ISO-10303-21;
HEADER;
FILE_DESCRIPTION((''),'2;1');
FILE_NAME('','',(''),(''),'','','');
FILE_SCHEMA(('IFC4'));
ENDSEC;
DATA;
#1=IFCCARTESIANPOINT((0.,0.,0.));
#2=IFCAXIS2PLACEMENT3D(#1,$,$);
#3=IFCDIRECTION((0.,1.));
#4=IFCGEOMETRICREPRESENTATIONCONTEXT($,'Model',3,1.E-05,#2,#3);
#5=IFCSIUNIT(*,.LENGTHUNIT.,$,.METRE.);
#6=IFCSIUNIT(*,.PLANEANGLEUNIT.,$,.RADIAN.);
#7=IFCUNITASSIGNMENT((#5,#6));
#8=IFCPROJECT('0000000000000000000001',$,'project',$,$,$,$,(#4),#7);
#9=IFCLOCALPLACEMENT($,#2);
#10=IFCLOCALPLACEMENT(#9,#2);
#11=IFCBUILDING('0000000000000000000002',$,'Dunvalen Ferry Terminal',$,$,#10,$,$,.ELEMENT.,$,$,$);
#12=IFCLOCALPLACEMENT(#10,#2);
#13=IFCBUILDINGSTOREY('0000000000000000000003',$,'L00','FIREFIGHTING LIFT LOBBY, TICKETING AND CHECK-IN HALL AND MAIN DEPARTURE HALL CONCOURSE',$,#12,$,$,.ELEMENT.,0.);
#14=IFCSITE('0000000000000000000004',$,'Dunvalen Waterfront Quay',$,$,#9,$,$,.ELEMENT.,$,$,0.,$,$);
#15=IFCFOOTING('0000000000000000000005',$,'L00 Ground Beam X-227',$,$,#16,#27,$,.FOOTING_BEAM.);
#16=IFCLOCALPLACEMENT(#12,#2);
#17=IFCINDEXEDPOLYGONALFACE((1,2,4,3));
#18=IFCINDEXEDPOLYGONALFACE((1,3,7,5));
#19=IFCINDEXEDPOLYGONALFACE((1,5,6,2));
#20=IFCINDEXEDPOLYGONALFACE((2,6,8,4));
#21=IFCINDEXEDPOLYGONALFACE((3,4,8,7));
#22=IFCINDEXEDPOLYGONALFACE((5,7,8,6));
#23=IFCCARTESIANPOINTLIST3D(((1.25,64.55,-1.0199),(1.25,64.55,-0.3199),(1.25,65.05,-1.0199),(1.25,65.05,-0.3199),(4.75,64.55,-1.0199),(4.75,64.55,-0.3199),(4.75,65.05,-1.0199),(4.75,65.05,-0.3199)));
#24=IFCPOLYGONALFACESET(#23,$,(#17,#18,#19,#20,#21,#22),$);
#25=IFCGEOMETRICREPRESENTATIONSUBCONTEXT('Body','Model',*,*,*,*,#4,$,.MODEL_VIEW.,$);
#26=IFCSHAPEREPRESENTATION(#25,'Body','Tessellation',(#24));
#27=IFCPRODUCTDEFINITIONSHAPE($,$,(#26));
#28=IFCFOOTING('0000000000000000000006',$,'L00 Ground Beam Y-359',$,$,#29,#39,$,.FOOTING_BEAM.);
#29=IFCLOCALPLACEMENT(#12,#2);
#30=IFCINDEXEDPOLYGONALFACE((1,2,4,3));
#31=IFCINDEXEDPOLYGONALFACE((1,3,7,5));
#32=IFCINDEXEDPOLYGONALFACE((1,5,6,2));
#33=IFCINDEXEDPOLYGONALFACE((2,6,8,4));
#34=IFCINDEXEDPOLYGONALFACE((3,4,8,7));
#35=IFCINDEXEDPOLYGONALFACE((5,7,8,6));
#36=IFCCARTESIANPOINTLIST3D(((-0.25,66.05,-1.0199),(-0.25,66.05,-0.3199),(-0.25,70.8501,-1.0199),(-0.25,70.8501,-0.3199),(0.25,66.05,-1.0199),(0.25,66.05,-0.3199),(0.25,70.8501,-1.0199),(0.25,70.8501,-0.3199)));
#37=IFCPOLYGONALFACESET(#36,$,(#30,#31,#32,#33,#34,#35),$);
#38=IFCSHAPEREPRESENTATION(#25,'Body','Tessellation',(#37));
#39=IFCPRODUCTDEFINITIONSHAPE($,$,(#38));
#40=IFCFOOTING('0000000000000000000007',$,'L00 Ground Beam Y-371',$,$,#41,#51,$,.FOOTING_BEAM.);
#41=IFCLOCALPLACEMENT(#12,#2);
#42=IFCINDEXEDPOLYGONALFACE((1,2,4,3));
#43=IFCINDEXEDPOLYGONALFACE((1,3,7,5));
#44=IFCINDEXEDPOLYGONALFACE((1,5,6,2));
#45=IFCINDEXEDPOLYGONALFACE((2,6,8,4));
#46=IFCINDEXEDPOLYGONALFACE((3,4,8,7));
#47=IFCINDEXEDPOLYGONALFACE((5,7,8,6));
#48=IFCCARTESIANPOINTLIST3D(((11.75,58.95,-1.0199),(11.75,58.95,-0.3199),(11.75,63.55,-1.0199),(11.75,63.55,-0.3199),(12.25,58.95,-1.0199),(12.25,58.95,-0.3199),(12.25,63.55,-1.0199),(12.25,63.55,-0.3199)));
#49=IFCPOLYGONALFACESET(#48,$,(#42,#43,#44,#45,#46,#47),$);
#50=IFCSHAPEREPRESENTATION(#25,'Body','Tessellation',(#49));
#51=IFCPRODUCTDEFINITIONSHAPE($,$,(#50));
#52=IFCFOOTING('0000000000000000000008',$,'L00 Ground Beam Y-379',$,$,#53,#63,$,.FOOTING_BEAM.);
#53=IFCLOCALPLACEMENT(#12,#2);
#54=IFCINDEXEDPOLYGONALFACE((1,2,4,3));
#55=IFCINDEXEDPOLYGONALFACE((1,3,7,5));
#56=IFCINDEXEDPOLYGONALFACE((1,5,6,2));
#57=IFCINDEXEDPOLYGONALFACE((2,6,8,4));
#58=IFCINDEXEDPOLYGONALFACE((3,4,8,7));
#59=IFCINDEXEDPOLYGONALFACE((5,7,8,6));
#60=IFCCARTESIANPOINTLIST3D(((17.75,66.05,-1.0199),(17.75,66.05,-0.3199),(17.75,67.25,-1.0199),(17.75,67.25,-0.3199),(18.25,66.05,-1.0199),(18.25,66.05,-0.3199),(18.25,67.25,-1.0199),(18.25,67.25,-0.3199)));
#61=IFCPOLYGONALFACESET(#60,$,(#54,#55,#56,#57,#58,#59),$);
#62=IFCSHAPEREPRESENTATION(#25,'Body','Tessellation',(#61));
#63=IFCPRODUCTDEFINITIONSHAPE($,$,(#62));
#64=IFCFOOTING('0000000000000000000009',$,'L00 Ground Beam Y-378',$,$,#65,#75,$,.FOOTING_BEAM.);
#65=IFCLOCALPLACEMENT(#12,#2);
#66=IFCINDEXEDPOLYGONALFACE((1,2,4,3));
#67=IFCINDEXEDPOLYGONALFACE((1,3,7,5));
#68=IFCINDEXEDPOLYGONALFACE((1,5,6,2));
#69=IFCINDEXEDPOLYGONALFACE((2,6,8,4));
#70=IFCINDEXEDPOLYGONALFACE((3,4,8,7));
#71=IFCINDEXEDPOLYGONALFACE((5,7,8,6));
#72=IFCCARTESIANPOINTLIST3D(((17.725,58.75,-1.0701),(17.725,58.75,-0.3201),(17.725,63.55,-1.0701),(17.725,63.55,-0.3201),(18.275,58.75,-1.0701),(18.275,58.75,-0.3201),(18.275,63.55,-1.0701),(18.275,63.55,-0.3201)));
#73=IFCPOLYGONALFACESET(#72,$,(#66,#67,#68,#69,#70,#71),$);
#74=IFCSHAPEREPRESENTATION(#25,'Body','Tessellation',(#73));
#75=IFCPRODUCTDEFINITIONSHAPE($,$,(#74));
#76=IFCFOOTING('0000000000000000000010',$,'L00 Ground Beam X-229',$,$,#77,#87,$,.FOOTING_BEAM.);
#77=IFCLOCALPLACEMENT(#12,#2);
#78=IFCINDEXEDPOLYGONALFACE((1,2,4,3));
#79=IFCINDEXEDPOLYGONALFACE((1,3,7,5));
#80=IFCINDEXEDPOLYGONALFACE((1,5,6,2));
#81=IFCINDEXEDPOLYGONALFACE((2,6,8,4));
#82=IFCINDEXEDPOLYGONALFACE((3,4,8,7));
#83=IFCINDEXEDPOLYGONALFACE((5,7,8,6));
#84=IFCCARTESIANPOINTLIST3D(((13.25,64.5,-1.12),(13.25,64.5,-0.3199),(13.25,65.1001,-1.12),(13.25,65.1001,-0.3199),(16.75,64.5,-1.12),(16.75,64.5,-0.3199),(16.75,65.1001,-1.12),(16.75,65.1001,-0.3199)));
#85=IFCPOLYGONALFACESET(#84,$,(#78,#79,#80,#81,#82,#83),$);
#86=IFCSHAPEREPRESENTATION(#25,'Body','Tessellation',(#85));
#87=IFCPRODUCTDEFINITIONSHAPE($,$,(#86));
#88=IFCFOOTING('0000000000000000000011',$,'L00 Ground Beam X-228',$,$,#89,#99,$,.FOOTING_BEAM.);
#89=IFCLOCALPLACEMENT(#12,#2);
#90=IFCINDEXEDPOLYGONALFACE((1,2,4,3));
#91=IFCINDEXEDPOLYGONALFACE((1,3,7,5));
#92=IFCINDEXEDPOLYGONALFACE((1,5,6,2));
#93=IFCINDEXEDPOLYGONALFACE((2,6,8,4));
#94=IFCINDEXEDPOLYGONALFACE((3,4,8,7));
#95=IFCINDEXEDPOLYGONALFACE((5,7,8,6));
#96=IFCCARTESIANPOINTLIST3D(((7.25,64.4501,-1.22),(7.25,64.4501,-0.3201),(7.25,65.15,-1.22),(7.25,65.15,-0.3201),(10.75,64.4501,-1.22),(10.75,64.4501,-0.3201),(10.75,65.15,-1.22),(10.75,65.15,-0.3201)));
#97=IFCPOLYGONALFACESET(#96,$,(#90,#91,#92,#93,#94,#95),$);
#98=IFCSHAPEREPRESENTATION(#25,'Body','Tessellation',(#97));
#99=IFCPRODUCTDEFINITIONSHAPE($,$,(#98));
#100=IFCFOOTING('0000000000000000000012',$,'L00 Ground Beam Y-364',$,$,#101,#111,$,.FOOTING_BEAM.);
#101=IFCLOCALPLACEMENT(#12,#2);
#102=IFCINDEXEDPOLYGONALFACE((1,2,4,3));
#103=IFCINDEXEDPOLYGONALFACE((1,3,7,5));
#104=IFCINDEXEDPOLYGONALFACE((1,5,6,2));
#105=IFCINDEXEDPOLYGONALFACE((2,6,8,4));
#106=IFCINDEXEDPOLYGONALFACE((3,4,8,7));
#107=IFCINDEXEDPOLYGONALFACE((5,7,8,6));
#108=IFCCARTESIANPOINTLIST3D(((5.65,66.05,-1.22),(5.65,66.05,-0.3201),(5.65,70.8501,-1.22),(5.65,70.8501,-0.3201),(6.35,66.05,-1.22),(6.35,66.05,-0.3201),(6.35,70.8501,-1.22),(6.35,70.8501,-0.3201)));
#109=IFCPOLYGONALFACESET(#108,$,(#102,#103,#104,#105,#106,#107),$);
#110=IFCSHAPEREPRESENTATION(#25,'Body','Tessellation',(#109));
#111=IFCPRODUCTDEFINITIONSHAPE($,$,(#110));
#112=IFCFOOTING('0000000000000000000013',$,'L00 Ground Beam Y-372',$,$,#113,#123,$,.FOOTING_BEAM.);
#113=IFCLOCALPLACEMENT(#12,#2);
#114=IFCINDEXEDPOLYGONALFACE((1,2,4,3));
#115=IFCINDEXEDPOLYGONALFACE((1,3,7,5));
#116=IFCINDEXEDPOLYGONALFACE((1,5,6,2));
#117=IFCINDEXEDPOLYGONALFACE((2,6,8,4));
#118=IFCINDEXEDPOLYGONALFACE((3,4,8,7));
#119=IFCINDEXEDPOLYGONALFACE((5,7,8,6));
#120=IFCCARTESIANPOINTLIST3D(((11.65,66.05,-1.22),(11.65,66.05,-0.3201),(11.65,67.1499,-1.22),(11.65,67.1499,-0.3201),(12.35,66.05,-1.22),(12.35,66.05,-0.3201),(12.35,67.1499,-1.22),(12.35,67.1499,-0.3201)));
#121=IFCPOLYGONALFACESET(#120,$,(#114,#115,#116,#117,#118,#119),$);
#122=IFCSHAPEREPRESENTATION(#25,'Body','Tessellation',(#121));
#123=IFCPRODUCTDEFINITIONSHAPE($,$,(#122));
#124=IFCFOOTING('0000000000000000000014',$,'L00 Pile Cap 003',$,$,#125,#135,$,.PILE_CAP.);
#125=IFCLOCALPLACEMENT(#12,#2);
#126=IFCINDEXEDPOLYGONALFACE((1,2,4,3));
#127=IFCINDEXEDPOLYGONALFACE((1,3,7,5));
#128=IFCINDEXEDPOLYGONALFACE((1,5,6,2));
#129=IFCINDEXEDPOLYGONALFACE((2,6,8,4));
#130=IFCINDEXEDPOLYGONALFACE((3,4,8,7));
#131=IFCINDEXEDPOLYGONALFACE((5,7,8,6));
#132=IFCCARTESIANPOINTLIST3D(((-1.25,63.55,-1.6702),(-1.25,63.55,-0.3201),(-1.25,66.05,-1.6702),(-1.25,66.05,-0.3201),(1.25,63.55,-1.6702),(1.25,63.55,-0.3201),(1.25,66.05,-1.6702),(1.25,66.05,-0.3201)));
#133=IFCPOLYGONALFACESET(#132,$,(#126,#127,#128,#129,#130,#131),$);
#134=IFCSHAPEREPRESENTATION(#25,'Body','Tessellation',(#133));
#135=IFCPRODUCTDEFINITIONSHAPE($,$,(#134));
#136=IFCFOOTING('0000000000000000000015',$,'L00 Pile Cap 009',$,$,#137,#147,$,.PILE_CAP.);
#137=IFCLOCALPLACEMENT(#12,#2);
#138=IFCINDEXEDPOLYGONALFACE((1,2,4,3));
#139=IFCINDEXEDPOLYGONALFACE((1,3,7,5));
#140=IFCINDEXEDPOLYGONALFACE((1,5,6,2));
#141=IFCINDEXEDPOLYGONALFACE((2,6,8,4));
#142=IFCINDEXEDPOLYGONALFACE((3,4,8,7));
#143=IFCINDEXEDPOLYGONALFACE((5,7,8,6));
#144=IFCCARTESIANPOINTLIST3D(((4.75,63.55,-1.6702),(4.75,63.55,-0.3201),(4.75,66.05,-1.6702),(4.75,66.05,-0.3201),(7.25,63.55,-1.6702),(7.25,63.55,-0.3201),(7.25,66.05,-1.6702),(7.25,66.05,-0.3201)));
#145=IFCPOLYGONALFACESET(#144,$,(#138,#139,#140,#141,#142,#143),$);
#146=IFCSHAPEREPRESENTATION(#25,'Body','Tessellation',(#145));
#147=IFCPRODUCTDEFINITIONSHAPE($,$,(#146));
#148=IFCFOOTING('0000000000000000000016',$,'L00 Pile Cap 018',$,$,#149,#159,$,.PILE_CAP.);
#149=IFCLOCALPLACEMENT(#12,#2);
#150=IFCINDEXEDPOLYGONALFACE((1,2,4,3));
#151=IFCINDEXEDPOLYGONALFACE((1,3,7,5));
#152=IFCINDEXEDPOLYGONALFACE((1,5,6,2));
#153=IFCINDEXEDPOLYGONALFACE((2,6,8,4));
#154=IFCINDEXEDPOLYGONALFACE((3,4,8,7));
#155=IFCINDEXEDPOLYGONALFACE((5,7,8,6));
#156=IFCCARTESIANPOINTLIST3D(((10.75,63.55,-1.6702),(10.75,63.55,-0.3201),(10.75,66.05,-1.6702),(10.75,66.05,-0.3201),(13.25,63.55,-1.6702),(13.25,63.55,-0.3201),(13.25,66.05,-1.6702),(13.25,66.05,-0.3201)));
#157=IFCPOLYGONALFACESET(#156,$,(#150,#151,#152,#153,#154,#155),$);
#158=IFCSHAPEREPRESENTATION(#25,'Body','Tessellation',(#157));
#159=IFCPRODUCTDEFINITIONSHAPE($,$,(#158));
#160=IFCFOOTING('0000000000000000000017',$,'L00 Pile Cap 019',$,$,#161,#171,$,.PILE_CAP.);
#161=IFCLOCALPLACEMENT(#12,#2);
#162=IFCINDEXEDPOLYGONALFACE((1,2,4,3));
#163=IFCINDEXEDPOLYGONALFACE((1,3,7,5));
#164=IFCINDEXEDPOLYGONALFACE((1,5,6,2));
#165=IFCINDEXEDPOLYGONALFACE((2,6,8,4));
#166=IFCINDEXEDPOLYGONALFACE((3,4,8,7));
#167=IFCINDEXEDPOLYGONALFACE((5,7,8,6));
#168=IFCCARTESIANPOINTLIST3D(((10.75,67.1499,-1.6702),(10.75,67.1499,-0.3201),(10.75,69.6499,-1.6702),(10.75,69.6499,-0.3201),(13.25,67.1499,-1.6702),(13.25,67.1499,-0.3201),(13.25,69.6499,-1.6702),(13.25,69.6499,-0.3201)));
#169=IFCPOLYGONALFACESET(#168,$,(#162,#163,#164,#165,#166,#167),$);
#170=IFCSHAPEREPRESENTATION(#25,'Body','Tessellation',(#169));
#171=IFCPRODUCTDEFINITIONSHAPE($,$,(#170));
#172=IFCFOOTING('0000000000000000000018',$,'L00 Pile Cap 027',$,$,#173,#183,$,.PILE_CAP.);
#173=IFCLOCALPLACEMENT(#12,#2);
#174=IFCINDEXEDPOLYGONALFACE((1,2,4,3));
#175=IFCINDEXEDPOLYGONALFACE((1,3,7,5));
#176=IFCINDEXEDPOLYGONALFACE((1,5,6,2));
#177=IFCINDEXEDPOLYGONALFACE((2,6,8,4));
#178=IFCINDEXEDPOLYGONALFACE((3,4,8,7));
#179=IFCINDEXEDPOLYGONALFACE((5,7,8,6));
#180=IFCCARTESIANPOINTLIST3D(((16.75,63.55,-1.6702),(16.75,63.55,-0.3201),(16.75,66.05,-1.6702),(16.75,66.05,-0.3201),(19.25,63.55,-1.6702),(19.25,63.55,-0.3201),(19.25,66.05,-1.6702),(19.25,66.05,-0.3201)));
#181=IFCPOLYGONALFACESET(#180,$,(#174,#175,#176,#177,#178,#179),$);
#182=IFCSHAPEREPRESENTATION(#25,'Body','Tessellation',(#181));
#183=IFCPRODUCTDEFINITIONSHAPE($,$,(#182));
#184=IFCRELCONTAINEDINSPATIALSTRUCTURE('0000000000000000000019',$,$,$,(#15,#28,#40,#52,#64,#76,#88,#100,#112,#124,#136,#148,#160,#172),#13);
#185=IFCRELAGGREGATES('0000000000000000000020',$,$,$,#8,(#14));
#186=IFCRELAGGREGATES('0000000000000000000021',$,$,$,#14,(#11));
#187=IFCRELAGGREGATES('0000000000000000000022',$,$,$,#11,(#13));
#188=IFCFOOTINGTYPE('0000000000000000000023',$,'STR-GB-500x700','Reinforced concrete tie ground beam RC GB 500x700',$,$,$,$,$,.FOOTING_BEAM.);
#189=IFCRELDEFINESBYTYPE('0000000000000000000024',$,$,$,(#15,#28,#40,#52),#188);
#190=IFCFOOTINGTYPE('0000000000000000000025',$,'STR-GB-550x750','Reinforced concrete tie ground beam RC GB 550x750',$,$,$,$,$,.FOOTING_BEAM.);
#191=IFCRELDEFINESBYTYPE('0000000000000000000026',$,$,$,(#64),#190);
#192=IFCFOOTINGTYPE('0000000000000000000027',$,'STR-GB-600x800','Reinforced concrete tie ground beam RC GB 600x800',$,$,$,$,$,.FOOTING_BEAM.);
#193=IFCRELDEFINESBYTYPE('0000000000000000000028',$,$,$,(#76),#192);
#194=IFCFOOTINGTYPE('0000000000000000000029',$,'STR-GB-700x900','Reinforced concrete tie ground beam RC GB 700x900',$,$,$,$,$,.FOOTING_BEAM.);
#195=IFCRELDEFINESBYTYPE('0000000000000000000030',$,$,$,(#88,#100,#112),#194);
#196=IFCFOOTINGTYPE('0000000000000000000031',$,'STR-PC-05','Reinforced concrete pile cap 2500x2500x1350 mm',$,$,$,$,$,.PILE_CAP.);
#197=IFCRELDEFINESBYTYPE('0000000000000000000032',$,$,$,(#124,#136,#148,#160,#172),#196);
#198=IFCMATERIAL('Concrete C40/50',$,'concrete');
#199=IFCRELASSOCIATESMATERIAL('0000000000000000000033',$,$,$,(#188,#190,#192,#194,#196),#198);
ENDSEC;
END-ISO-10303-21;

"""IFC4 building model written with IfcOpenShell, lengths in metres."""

from ifc_helpers import new_model, si_unit, direction, frame, origin, origin_2d, place, context, subcontext, project, spatial, rectangle, extrude, material, material_profile, profile_set, type_object, element, save


model = new_model("IFC4")

# Units and contexts
model_context = context("Model", 3, precision=1e-05, world=origin(), true_north=direction((0.0, 1.0)))
body_context = subcontext(model_context, "Body", "Model", "MODEL_VIEW")
ifc_project = project(units=[si_unit("LENGTHUNIT", "METRE"), si_unit("PLANEANGLEUNIT", "RADIAN")], contexts=[model_context])

# Site, building, storey
site_placement = place(None, origin())
site = spatial("IfcSite", under=ifc_project, at=site_placement, Name="Dunvalen Waterfront Quay", CompositionType="ELEMENT", RefElevation=0.0)
building_placement = place(site_placement, origin())
building = spatial("IfcBuilding", under=site, at=building_placement, Name="Dunvalen Ferry Terminal", CompositionType="ELEMENT")
storey_placement = place(building_placement, origin())
storey = spatial("IfcBuildingStorey", under=building, at=storey_placement, Name="L00", Description="FIREFIGHTING LIFT LOBBY, TICKETING AND CHECK-IN HALL AND MAIN DEPARTURE HALL CONCOURSE", CompositionType="ELEMENT", Elevation=0.0)

# Footings
ifc_material_1 = material(Name="Concrete C40/50", Category="concrete")
ifc_material_profile_1 = material_profile(ifc_material_1, rectangle(XDim=0.5, YDim=0.7, at=origin_2d()), Name="Concrete C40/50")
ifc_profile_set_1 = profile_set([ifc_material_profile_1], Name="Concrete C40/50")
footing_type_1 = type_object("IfcFootingType", Name="STR-GB-500x700", Description="Reinforced concrete tie ground beam RC GB 500x700", PredefinedType="FOOTING_BEAM", material=ifc_profile_set_1)
footing_1_placement = place(storey_placement, frame((1.25, 64.8, -0.6699), z_axis=(1.0, 0.0, 0.0), x_axis=(0.0, 1.0, 0.0)))
element("IfcFooting", 1, at=footing_1_placement, inside=storey, type_object=footing_type_1, Name="L00 Ground Beam X-227", PredefinedType="FOOTING_BEAM", context=body_context, shape_type="SweptSolid", body=[
    extrude(rectangle(XDim=0.5, YDim=0.7, at=origin_2d()), origin(), (0.0, 0.0, 1.0), 3.5),
])
footing_2_placement = place(storey_placement, frame((0.0, 66.05, -0.6699), z_axis=(0.0, 1.0, 0.0), x_axis=(-1.0, 0.0, 0.0)))
element("IfcFooting", 2, at=footing_2_placement, inside=storey, type_object=footing_type_1, Name="L00 Ground Beam Y-359", PredefinedType="FOOTING_BEAM", context=body_context, shape_type="SweptSolid", body=[
    extrude(rectangle(XDim=0.5, YDim=0.7, at=origin_2d()), origin(), (0.0, 0.0, 1.0), 4.8),
])
footing_3_placement = place(storey_placement, frame((12.0, 58.95, -0.6699), z_axis=(0.0, 1.0, 0.0), x_axis=(-1.0, 0.0, 0.0)))
element("IfcFooting", 3, at=footing_3_placement, inside=storey, type_object=footing_type_1, Name="L00 Ground Beam Y-371", PredefinedType="FOOTING_BEAM", context=body_context, shape_type="SweptSolid", body=[
    extrude(rectangle(XDim=0.5, YDim=0.7, at=origin_2d()), origin(), (0.0, 0.0, 1.0), 4.6001),
])
footing_4_placement = place(storey_placement, frame((18.0, 66.05, -0.6699), z_axis=(0.0, 1.0, 0.0), x_axis=(-1.0, 0.0, 0.0)))
element("IfcFooting", 4, at=footing_4_placement, inside=storey, type_object=footing_type_1, Name="L00 Ground Beam Y-379", PredefinedType="FOOTING_BEAM", context=body_context, shape_type="SweptSolid", body=[
    extrude(rectangle(XDim=0.5, YDim=0.7, at=origin_2d()), origin(), (0.0, 0.0, 1.0), 1.2),
])
ifc_material_profile_2 = material_profile(ifc_material_1, rectangle(XDim=0.55, YDim=0.75, at=origin_2d()), Name="Concrete C40/50")
ifc_profile_set_2 = profile_set([ifc_material_profile_2], Name="Concrete C40/50")
footing_type_2 = type_object("IfcFootingType", Name="STR-GB-550x750", Description="Reinforced concrete tie ground beam RC GB 550x750", PredefinedType="FOOTING_BEAM", material=ifc_profile_set_2)
footing_5_placement = place(storey_placement, frame((18.0, 58.75, -0.6951), z_axis=(0.0, 1.0, 0.0), x_axis=(-1.0, 0.0, 0.0)))
element("IfcFooting", 5, at=footing_5_placement, inside=storey, type_object=footing_type_2, Name="L00 Ground Beam Y-378", PredefinedType="FOOTING_BEAM", context=body_context, shape_type="SweptSolid", body=[
    extrude(rectangle(XDim=0.55, YDim=0.75, at=origin_2d()), origin(), (0.0, 0.0, 1.0), 4.8),
])
ifc_material_profile_3 = material_profile(ifc_material_1, rectangle(XDim=0.6001, YDim=0.8, at=origin_2d()), Name="Concrete C40/50")
ifc_profile_set_3 = profile_set([ifc_material_profile_3], Name="Concrete C40/50")
footing_type_3 = type_object("IfcFootingType", Name="STR-GB-600x800", Description="Reinforced concrete tie ground beam RC GB 600x800", PredefinedType="FOOTING_BEAM", material=ifc_profile_set_3)
footing_6_placement = place(storey_placement, frame((13.25, 64.8, -0.72), z_axis=(1.0, 0.0, 0.0), x_axis=(0.0, 1.0, 0.0)))
element("IfcFooting", 6, at=footing_6_placement, inside=storey, type_object=footing_type_3, Name="L00 Ground Beam X-229", PredefinedType="FOOTING_BEAM", context=body_context, shape_type="SweptSolid", body=[
    extrude(rectangle(XDim=0.6001, YDim=0.8, at=origin_2d()), origin(), (0.0, 0.0, 1.0), 3.5),
])
ifc_material_profile_4 = material_profile(ifc_material_1, rectangle(XDim=0.7, YDim=0.8999, at=origin_2d()), Name="Concrete C40/50")
ifc_profile_set_4 = profile_set([ifc_material_profile_4], Name="Concrete C40/50")
footing_type_4 = type_object("IfcFootingType", Name="STR-GB-700x900", Description="Reinforced concrete tie ground beam RC GB 700x900", PredefinedType="FOOTING_BEAM", material=ifc_profile_set_4)
footing_7_placement = place(storey_placement, frame((7.25, 64.8, -0.77), z_axis=(1.0, 0.0, 0.0), x_axis=(0.0, 1.0, 0.0)))
element("IfcFooting", 7, at=footing_7_placement, inside=storey, type_object=footing_type_4, Name="L00 Ground Beam X-228", PredefinedType="FOOTING_BEAM", context=body_context, shape_type="SweptSolid", body=[
    extrude(rectangle(XDim=0.7, YDim=0.8999, at=origin_2d()), origin(), (0.0, 0.0, 1.0), 3.5),
])
footing_8_placement = place(storey_placement, frame((6.0, 66.05, -0.77), z_axis=(0.0, 1.0, 0.0), x_axis=(-1.0, 0.0, 0.0)))
element("IfcFooting", 8, at=footing_8_placement, inside=storey, type_object=footing_type_4, Name="L00 Ground Beam Y-364", PredefinedType="FOOTING_BEAM", context=body_context, shape_type="SweptSolid", body=[
    extrude(rectangle(XDim=0.7, YDim=0.8999, at=origin_2d()), origin(), (0.0, 0.0, 1.0), 4.8),
])
footing_9_placement = place(storey_placement, frame((12.0, 66.05, -0.77), z_axis=(0.0, 1.0, 0.0), x_axis=(-1.0, 0.0, 0.0)))
element("IfcFooting", 9, at=footing_9_placement, inside=storey, type_object=footing_type_4, Name="L00 Ground Beam Y-372", PredefinedType="FOOTING_BEAM", context=body_context, shape_type="SweptSolid", body=[
    extrude(rectangle(XDim=0.7, YDim=0.8999, at=origin_2d()), origin(), (0.0, 0.0, 1.0), 1.0999),
])
footing_type_5 = type_object("IfcFootingType", Name="STR-PC-05", Description="Reinforced concrete pile cap 2500x2500x1350 mm", PredefinedType="PILE_CAP", material=ifc_material_1)
for number, where, z_axis, x_axis, name in (
    (10, (0.0, 64.8, -1.6702), (0.0, 0.0, 1.0), (1.0, 0.0, 0.0), "L00 Pile Cap 003"),
    (11, (6.0, 64.8, -1.6702), (0.0, 0.0, 1.0), (1.0, 0.0, 0.0), "L00 Pile Cap 009"),
    (12, (12.0, 64.8, -1.6702), (0.0, 0.0, 1.0), (1.0, 0.0, 0.0), "L00 Pile Cap 018"),
    (13, (12.0, 68.3999, -1.6702), (0.0, 0.0, 1.0), (1.0, 0.0, 0.0), "L00 Pile Cap 019"),
    (14, (18.0, 64.8, -1.6702), (0.0, 0.0, 1.0), (1.0, 0.0, 0.0), "L00 Pile Cap 027"),
):
    element("IfcFooting", number, at=place(storey_placement, frame(where, z_axis=z_axis, x_axis=x_axis)), inside=storey, type_object=footing_type_5, Name=name, PredefinedType="PILE_CAP", context=body_context, shape_type="SweptSolid", body=[
        extrude(rectangle(XDim=2.5, YDim=2.5, at=origin_2d()), origin(), (0.0, 0.0, 1.0), 1.3501),
    ])

save(model, "model.ifc")
